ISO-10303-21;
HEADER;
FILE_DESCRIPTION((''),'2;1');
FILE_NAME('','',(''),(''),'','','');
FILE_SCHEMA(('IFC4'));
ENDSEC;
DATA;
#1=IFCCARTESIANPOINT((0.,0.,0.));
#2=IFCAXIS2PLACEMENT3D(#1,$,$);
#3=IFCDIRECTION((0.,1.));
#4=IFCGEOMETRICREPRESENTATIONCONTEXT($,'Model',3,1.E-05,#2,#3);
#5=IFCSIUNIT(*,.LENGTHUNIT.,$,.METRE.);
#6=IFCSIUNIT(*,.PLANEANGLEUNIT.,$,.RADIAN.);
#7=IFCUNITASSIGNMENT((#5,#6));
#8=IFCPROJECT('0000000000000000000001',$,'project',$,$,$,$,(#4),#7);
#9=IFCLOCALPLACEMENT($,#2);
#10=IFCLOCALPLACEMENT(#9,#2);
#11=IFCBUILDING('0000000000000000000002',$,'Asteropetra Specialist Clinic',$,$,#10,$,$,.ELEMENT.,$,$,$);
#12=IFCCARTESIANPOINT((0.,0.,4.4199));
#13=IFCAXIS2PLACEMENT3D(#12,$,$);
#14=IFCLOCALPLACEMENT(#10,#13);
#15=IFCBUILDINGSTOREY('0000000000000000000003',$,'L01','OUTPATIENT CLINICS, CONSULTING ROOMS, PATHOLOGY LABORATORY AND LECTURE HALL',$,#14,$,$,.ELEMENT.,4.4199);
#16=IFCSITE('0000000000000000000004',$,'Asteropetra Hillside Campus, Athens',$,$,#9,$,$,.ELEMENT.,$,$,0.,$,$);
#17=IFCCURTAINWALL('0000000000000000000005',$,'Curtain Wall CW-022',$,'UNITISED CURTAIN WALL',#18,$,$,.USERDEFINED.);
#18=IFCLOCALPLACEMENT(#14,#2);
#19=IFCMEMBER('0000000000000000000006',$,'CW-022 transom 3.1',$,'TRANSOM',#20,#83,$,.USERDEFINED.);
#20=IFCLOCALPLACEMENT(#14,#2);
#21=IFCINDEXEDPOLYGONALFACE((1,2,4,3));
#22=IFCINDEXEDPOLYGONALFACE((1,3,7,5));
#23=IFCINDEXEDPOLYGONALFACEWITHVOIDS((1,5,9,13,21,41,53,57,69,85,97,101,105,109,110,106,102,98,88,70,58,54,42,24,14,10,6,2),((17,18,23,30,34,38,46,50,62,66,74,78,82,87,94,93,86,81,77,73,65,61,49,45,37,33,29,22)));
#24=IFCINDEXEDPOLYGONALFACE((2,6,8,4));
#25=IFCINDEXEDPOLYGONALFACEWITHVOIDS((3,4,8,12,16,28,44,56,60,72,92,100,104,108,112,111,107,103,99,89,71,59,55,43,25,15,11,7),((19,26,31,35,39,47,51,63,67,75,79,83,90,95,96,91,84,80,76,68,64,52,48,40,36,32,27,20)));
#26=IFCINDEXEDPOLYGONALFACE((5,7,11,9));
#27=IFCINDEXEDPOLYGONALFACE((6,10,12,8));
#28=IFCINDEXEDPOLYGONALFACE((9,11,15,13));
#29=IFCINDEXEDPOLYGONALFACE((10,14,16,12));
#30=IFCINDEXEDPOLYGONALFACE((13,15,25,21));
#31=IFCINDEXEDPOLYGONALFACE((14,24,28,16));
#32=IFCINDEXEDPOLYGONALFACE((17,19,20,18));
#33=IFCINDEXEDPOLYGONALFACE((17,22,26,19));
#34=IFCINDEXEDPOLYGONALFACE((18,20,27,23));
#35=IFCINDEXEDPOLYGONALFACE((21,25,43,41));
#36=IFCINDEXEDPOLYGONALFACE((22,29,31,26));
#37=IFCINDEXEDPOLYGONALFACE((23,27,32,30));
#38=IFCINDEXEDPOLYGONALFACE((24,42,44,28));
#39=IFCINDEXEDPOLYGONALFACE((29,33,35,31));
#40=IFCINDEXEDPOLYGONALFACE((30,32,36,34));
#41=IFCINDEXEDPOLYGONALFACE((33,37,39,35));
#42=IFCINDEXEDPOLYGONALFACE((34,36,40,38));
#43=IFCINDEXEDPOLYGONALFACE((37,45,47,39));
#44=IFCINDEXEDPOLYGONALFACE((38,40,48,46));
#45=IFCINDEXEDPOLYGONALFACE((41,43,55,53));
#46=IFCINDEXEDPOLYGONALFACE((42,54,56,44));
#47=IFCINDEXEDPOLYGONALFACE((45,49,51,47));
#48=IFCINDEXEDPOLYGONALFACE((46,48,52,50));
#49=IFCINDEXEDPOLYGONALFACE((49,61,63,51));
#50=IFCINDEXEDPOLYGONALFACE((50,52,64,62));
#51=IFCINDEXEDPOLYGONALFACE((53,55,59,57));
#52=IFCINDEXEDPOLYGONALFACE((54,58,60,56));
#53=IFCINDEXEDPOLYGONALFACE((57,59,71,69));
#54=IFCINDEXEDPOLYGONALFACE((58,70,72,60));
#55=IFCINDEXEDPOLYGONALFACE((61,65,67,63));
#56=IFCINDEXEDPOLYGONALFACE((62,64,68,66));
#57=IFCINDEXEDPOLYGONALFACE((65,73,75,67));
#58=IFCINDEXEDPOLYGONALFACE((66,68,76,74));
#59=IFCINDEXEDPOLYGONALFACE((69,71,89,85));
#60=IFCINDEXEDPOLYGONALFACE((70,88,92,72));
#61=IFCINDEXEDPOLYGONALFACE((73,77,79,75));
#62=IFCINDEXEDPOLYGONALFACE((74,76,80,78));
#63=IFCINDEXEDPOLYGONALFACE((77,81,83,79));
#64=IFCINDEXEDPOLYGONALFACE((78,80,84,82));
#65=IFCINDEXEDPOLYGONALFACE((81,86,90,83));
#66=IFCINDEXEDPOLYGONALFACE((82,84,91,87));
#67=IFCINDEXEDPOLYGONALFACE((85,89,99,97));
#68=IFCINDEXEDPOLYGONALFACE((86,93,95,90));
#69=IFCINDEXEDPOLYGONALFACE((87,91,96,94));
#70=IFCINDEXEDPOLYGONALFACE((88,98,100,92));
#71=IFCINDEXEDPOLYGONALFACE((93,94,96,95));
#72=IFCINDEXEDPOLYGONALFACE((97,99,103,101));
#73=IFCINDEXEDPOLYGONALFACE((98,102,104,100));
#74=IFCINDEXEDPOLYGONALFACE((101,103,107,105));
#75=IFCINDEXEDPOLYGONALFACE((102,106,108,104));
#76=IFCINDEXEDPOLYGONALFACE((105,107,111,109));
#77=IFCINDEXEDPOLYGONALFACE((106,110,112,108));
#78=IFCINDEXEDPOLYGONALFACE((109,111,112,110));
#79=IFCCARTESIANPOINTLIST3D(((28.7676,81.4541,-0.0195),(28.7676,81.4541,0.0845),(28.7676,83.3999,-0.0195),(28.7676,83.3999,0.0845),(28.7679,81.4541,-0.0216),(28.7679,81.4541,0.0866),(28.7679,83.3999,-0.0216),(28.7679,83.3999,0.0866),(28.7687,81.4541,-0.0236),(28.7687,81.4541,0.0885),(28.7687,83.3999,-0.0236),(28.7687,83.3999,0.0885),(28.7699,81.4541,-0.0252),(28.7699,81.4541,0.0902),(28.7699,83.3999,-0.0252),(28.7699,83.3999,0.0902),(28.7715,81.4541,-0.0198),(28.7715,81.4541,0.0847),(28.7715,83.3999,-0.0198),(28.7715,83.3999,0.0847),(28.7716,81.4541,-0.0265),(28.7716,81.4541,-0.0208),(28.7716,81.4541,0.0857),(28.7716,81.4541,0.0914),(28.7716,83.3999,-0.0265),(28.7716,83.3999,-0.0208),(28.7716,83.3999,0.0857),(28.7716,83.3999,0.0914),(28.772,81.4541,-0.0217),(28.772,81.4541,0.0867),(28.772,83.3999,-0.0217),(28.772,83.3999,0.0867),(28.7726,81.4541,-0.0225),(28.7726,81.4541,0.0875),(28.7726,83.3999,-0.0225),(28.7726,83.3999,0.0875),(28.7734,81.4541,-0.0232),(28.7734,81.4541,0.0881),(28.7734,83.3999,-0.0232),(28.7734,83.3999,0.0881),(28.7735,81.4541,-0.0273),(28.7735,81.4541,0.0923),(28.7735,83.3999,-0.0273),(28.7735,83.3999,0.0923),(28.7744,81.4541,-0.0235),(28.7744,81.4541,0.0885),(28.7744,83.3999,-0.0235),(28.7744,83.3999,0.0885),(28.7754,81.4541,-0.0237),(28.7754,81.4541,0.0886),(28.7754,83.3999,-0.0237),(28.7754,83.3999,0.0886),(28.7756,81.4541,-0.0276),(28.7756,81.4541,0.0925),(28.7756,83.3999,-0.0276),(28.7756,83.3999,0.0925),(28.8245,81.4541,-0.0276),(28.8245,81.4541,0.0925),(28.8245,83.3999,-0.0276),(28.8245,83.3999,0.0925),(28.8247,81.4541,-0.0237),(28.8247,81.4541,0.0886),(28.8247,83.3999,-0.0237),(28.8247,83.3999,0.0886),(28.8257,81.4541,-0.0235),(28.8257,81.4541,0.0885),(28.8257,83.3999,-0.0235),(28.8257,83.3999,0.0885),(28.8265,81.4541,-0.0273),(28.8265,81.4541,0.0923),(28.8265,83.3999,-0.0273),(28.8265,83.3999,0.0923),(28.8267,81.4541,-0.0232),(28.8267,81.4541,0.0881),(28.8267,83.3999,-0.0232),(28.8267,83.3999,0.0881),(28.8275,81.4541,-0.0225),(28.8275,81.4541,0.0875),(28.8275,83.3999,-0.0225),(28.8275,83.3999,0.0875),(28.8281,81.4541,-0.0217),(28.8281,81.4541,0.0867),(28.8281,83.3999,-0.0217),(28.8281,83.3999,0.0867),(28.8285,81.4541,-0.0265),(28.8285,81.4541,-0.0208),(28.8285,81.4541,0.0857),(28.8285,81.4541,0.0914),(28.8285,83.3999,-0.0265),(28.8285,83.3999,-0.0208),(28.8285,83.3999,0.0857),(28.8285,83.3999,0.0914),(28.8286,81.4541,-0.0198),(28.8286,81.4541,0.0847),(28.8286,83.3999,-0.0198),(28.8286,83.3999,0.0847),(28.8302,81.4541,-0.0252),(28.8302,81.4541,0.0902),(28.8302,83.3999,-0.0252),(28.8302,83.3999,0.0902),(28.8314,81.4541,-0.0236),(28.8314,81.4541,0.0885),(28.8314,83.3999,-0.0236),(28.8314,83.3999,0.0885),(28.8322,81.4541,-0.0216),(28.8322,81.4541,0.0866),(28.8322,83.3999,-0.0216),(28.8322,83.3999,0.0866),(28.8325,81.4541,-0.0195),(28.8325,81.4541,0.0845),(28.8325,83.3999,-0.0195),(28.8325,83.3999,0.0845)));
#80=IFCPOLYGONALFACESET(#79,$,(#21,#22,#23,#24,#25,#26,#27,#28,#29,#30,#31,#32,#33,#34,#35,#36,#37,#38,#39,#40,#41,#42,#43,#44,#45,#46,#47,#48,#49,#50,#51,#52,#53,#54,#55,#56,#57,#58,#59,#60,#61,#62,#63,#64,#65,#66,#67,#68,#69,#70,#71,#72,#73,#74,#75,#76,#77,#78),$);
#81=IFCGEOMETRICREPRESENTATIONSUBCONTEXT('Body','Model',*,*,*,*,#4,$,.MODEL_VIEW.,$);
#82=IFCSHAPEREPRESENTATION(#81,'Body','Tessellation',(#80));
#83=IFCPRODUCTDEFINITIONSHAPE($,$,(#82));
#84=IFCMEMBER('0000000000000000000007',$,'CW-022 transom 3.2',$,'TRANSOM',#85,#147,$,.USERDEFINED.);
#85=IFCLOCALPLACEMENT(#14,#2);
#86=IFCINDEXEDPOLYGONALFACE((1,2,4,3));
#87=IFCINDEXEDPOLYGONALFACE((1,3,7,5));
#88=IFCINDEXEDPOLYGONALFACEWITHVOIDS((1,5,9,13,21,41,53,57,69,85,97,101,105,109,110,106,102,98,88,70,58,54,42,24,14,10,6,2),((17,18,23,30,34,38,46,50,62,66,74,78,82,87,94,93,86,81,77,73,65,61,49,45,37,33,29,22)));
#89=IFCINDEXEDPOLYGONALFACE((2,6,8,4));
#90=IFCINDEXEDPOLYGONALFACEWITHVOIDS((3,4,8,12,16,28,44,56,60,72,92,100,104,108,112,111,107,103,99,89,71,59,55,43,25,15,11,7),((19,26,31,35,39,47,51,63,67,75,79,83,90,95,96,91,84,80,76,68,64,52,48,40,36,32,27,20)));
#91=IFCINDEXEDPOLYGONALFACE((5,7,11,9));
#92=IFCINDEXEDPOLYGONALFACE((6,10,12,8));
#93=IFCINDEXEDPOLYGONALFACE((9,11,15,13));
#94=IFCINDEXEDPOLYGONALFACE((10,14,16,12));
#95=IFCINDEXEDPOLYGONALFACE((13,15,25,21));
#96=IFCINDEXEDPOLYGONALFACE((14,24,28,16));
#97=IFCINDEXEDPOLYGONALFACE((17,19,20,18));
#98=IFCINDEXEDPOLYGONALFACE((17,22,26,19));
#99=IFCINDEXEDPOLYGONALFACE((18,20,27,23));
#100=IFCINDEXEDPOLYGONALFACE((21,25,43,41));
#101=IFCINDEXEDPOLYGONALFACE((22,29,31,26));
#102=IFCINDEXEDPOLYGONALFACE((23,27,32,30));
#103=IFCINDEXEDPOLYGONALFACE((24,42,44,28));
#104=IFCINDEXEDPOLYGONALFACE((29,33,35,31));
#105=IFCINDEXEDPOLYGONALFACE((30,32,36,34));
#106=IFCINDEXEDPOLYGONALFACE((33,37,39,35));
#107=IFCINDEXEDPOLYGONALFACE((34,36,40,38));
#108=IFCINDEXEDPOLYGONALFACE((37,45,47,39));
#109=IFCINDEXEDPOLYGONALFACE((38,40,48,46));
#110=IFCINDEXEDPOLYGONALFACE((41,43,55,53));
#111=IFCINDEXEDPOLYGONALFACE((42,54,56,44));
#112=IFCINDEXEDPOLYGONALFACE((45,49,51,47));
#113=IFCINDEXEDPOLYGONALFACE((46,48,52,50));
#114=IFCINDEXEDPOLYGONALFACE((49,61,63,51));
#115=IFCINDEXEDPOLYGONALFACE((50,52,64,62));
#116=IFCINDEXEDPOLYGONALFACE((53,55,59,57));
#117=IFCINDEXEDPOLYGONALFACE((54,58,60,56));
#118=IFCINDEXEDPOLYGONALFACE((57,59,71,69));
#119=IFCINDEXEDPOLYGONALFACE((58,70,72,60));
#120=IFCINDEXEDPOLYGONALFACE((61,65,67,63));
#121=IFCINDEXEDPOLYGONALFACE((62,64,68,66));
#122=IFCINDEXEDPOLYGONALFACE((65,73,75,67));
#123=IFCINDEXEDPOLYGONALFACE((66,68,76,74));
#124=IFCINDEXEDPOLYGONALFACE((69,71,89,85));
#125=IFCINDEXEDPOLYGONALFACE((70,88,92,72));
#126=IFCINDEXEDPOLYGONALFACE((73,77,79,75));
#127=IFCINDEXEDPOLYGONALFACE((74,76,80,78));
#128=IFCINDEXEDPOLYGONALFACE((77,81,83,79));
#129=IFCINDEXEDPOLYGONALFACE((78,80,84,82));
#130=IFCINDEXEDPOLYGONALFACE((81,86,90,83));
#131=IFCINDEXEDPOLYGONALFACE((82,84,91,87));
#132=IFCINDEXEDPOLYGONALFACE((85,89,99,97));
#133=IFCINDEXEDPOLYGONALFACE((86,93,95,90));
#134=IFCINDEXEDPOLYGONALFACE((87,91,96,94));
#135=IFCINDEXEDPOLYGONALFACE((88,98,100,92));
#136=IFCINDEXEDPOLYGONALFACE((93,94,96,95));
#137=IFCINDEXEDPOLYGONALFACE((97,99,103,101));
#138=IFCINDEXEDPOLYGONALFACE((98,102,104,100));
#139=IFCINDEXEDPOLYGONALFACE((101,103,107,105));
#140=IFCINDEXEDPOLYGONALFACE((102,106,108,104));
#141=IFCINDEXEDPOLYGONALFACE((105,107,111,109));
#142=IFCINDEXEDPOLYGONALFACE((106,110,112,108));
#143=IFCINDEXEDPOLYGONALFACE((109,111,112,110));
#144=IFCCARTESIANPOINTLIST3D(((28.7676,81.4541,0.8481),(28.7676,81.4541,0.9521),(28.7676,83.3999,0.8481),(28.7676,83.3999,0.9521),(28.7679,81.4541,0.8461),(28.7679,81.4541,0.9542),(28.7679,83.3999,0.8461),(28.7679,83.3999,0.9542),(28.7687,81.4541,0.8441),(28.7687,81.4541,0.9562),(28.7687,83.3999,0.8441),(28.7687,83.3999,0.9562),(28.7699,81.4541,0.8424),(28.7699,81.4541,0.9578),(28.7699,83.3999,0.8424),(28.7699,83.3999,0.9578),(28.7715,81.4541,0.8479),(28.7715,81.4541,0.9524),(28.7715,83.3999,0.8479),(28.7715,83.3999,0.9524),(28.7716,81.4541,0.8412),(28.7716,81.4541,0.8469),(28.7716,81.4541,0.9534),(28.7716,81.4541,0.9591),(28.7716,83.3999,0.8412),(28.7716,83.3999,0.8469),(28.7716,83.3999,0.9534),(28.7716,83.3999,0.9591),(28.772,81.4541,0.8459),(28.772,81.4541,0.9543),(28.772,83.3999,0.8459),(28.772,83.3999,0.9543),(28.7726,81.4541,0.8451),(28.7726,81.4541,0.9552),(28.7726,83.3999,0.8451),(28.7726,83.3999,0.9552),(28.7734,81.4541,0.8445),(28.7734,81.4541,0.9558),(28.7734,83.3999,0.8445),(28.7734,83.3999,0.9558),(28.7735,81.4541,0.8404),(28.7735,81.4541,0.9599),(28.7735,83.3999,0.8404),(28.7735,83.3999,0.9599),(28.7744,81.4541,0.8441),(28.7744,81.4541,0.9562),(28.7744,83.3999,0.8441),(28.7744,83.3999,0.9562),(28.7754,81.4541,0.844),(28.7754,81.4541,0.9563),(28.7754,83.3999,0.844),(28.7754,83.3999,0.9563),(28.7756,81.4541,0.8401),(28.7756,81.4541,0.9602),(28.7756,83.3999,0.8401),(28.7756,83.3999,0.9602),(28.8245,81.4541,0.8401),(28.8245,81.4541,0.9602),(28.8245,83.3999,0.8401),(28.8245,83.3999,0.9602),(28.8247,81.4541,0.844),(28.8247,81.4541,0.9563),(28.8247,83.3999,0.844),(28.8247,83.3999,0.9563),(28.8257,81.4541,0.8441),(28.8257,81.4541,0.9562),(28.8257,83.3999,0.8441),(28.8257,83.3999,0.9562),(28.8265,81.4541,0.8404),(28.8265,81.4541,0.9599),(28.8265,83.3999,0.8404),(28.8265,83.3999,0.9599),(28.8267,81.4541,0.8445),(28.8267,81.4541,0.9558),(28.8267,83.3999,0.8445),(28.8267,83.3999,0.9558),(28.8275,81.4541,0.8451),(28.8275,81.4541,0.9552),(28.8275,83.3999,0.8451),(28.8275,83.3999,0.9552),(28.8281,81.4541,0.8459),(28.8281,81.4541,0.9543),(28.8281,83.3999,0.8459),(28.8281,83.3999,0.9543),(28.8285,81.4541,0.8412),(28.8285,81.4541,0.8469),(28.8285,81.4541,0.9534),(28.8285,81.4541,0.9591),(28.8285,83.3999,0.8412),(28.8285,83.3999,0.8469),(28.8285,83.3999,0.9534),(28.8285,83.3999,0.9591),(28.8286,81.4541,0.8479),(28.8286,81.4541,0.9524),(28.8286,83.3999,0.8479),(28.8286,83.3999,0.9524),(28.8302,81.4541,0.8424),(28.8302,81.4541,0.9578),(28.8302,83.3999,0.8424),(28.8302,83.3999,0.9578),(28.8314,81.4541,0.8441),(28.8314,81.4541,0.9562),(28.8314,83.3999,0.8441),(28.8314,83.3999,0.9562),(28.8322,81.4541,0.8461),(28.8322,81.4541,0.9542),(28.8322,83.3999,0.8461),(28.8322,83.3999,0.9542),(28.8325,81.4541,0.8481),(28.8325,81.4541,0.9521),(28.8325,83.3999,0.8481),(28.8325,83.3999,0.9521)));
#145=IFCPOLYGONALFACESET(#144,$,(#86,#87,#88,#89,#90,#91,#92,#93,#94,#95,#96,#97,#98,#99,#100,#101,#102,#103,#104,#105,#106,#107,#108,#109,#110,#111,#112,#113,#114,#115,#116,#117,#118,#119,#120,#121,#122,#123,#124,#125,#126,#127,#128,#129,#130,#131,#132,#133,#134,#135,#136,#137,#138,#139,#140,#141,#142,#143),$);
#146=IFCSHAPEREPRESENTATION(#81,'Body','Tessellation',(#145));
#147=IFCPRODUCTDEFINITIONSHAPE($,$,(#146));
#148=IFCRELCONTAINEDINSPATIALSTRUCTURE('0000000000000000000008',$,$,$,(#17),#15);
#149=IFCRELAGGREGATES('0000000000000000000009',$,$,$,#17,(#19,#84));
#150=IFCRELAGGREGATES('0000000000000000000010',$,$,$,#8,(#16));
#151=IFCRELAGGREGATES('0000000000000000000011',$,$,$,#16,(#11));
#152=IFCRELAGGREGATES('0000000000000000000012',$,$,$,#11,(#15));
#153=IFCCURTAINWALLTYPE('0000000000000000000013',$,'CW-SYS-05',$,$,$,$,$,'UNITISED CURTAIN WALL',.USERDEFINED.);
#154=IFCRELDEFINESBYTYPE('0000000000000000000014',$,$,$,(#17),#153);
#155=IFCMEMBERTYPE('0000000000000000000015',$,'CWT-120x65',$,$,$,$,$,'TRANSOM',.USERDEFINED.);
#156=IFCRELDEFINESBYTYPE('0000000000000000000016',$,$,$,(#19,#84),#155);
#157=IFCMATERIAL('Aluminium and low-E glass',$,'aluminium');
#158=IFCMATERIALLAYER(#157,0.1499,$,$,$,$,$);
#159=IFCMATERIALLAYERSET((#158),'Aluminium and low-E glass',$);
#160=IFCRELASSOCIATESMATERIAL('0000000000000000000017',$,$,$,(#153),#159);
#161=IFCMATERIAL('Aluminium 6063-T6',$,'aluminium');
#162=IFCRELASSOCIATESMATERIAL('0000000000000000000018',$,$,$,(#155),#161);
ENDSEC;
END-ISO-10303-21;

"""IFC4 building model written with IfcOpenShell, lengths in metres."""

from ifc_helpers import new_model, si_unit, direction, frame, origin, origin_2d, place, context, subcontext, project, spatial, hollow_rectangle, extrude, material, layer, layer_set, material_profile, profile_set, type_object, element, aggregate, save


model = new_model("IFC4")

# Units and contexts
model_context = context("Model", 3, precision=1e-05, world=origin(), true_north=direction((0.0, 1.0)))
body_context = subcontext(model_context, "Body", "Model", "MODEL_VIEW")
ifc_project = project(units=[si_unit("LENGTHUNIT", "METRE"), si_unit("PLANEANGLEUNIT", "RADIAN")], contexts=[model_context])

# Site, building, storey
site_placement = place(None, origin())
site = spatial("IfcSite", under=ifc_project, at=site_placement, Name="Asteropetra Hillside Campus, Athens", CompositionType="ELEMENT", RefElevation=0.0)
building_placement = place(site_placement, origin())
building = spatial("IfcBuilding", under=site, at=building_placement, Name="Asteropetra Specialist Clinic", CompositionType="ELEMENT")
storey_placement = place(building_placement, frame((0.0, 0.0, 4.4199)))
storey = spatial("IfcBuildingStorey", under=building, at=storey_placement, Name="L01", Description="OUTPATIENT CLINICS, CONSULTING ROOMS, PATHOLOGY LABORATORY AND LECTURE HALL", CompositionType="ELEMENT", Elevation=4.4199)

# Curtain wall
ifc_material_1 = material(Name="Aluminium and low-E glass", Category="aluminium")
ifc_layer_1 = layer(ifc_material_1, 0.1499)
ifc_layer_set_1 = layer_set([ifc_layer_1], Name="Aluminium and low-E glass")
curtain_wall_type_1 = type_object("IfcCurtainWallType", Name="CW-SYS-05", ElementType="UNITISED CURTAIN WALL", PredefinedType="USERDEFINED", material=ifc_layer_set_1)
curtain_wall_1_placement = place(storey_placement, origin())
curtain_wall_1 = element("IfcCurtainWall", 1, at=curtain_wall_1_placement, inside=storey, type_object=curtain_wall_type_1, Name="Curtain Wall CW-022", ObjectType="UNITISED CURTAIN WALL", PredefinedType="USERDEFINED")

# Members
ifc_material_2 = material(Name="Aluminium 6063-T6", Category="aluminium")
ifc_material_profile_1 = material_profile(ifc_material_2, hollow_rectangle(XDim=0.0649, YDim=0.1201, WallThickness=0.0039, InnerFilletRadius=0.0039, OuterFilletRadius=0.0081, at=origin_2d()), Name="TRN 120x65x4.0")
ifc_profile_set_1 = profile_set([ifc_material_profile_1], Name="Aluminium 6063-T6")
member_type_1 = type_object("IfcMemberType", Name="CWT-120x65", ElementType="TRANSOM", PredefinedType="USERDEFINED", material=ifc_profile_set_1)
member_1_placement = place(storey_placement, frame((28.8, 81.4541, 0.0325), z_axis=(0.0, 1.0, 0.0), x_axis=(-1.0, 0.0, 0.0)))
member_1 = element("IfcMember", 2, at=member_1_placement, type_object=member_type_1, Name="CW-022 transom 3.1", ObjectType="TRANSOM", PredefinedType="USERDEFINED", context=body_context, shape_type="SweptSolid", body=[
    extrude(hollow_rectangle(XDim=0.0649, YDim=0.1201, WallThickness=0.0039, InnerFilletRadius=0.0039, OuterFilletRadius=0.0081, at=origin_2d()), origin(), (0.0, 0.0, 1.0), 1.9458),
])
member_2_placement = place(storey_placement, frame((28.8, 81.4541, 0.9001), z_axis=(0.0, 1.0, 0.0), x_axis=(-1.0, 0.0, 0.0)))
member_2 = element("IfcMember", 3, at=member_2_placement, type_object=member_type_1, Name="CW-022 transom 3.2", ObjectType="TRANSOM", PredefinedType="USERDEFINED", context=body_context, shape_type="SweptSolid", body=[
    extrude(hollow_rectangle(XDim=0.0649, YDim=0.1201, WallThickness=0.0039, InnerFilletRadius=0.0039, OuterFilletRadius=0.0081, at=origin_2d()), origin(), (0.0, 0.0, 1.0), 1.9458),
])

aggregate(curtain_wall_1, [member_1, member_2])

save(model, "model.ifc")
